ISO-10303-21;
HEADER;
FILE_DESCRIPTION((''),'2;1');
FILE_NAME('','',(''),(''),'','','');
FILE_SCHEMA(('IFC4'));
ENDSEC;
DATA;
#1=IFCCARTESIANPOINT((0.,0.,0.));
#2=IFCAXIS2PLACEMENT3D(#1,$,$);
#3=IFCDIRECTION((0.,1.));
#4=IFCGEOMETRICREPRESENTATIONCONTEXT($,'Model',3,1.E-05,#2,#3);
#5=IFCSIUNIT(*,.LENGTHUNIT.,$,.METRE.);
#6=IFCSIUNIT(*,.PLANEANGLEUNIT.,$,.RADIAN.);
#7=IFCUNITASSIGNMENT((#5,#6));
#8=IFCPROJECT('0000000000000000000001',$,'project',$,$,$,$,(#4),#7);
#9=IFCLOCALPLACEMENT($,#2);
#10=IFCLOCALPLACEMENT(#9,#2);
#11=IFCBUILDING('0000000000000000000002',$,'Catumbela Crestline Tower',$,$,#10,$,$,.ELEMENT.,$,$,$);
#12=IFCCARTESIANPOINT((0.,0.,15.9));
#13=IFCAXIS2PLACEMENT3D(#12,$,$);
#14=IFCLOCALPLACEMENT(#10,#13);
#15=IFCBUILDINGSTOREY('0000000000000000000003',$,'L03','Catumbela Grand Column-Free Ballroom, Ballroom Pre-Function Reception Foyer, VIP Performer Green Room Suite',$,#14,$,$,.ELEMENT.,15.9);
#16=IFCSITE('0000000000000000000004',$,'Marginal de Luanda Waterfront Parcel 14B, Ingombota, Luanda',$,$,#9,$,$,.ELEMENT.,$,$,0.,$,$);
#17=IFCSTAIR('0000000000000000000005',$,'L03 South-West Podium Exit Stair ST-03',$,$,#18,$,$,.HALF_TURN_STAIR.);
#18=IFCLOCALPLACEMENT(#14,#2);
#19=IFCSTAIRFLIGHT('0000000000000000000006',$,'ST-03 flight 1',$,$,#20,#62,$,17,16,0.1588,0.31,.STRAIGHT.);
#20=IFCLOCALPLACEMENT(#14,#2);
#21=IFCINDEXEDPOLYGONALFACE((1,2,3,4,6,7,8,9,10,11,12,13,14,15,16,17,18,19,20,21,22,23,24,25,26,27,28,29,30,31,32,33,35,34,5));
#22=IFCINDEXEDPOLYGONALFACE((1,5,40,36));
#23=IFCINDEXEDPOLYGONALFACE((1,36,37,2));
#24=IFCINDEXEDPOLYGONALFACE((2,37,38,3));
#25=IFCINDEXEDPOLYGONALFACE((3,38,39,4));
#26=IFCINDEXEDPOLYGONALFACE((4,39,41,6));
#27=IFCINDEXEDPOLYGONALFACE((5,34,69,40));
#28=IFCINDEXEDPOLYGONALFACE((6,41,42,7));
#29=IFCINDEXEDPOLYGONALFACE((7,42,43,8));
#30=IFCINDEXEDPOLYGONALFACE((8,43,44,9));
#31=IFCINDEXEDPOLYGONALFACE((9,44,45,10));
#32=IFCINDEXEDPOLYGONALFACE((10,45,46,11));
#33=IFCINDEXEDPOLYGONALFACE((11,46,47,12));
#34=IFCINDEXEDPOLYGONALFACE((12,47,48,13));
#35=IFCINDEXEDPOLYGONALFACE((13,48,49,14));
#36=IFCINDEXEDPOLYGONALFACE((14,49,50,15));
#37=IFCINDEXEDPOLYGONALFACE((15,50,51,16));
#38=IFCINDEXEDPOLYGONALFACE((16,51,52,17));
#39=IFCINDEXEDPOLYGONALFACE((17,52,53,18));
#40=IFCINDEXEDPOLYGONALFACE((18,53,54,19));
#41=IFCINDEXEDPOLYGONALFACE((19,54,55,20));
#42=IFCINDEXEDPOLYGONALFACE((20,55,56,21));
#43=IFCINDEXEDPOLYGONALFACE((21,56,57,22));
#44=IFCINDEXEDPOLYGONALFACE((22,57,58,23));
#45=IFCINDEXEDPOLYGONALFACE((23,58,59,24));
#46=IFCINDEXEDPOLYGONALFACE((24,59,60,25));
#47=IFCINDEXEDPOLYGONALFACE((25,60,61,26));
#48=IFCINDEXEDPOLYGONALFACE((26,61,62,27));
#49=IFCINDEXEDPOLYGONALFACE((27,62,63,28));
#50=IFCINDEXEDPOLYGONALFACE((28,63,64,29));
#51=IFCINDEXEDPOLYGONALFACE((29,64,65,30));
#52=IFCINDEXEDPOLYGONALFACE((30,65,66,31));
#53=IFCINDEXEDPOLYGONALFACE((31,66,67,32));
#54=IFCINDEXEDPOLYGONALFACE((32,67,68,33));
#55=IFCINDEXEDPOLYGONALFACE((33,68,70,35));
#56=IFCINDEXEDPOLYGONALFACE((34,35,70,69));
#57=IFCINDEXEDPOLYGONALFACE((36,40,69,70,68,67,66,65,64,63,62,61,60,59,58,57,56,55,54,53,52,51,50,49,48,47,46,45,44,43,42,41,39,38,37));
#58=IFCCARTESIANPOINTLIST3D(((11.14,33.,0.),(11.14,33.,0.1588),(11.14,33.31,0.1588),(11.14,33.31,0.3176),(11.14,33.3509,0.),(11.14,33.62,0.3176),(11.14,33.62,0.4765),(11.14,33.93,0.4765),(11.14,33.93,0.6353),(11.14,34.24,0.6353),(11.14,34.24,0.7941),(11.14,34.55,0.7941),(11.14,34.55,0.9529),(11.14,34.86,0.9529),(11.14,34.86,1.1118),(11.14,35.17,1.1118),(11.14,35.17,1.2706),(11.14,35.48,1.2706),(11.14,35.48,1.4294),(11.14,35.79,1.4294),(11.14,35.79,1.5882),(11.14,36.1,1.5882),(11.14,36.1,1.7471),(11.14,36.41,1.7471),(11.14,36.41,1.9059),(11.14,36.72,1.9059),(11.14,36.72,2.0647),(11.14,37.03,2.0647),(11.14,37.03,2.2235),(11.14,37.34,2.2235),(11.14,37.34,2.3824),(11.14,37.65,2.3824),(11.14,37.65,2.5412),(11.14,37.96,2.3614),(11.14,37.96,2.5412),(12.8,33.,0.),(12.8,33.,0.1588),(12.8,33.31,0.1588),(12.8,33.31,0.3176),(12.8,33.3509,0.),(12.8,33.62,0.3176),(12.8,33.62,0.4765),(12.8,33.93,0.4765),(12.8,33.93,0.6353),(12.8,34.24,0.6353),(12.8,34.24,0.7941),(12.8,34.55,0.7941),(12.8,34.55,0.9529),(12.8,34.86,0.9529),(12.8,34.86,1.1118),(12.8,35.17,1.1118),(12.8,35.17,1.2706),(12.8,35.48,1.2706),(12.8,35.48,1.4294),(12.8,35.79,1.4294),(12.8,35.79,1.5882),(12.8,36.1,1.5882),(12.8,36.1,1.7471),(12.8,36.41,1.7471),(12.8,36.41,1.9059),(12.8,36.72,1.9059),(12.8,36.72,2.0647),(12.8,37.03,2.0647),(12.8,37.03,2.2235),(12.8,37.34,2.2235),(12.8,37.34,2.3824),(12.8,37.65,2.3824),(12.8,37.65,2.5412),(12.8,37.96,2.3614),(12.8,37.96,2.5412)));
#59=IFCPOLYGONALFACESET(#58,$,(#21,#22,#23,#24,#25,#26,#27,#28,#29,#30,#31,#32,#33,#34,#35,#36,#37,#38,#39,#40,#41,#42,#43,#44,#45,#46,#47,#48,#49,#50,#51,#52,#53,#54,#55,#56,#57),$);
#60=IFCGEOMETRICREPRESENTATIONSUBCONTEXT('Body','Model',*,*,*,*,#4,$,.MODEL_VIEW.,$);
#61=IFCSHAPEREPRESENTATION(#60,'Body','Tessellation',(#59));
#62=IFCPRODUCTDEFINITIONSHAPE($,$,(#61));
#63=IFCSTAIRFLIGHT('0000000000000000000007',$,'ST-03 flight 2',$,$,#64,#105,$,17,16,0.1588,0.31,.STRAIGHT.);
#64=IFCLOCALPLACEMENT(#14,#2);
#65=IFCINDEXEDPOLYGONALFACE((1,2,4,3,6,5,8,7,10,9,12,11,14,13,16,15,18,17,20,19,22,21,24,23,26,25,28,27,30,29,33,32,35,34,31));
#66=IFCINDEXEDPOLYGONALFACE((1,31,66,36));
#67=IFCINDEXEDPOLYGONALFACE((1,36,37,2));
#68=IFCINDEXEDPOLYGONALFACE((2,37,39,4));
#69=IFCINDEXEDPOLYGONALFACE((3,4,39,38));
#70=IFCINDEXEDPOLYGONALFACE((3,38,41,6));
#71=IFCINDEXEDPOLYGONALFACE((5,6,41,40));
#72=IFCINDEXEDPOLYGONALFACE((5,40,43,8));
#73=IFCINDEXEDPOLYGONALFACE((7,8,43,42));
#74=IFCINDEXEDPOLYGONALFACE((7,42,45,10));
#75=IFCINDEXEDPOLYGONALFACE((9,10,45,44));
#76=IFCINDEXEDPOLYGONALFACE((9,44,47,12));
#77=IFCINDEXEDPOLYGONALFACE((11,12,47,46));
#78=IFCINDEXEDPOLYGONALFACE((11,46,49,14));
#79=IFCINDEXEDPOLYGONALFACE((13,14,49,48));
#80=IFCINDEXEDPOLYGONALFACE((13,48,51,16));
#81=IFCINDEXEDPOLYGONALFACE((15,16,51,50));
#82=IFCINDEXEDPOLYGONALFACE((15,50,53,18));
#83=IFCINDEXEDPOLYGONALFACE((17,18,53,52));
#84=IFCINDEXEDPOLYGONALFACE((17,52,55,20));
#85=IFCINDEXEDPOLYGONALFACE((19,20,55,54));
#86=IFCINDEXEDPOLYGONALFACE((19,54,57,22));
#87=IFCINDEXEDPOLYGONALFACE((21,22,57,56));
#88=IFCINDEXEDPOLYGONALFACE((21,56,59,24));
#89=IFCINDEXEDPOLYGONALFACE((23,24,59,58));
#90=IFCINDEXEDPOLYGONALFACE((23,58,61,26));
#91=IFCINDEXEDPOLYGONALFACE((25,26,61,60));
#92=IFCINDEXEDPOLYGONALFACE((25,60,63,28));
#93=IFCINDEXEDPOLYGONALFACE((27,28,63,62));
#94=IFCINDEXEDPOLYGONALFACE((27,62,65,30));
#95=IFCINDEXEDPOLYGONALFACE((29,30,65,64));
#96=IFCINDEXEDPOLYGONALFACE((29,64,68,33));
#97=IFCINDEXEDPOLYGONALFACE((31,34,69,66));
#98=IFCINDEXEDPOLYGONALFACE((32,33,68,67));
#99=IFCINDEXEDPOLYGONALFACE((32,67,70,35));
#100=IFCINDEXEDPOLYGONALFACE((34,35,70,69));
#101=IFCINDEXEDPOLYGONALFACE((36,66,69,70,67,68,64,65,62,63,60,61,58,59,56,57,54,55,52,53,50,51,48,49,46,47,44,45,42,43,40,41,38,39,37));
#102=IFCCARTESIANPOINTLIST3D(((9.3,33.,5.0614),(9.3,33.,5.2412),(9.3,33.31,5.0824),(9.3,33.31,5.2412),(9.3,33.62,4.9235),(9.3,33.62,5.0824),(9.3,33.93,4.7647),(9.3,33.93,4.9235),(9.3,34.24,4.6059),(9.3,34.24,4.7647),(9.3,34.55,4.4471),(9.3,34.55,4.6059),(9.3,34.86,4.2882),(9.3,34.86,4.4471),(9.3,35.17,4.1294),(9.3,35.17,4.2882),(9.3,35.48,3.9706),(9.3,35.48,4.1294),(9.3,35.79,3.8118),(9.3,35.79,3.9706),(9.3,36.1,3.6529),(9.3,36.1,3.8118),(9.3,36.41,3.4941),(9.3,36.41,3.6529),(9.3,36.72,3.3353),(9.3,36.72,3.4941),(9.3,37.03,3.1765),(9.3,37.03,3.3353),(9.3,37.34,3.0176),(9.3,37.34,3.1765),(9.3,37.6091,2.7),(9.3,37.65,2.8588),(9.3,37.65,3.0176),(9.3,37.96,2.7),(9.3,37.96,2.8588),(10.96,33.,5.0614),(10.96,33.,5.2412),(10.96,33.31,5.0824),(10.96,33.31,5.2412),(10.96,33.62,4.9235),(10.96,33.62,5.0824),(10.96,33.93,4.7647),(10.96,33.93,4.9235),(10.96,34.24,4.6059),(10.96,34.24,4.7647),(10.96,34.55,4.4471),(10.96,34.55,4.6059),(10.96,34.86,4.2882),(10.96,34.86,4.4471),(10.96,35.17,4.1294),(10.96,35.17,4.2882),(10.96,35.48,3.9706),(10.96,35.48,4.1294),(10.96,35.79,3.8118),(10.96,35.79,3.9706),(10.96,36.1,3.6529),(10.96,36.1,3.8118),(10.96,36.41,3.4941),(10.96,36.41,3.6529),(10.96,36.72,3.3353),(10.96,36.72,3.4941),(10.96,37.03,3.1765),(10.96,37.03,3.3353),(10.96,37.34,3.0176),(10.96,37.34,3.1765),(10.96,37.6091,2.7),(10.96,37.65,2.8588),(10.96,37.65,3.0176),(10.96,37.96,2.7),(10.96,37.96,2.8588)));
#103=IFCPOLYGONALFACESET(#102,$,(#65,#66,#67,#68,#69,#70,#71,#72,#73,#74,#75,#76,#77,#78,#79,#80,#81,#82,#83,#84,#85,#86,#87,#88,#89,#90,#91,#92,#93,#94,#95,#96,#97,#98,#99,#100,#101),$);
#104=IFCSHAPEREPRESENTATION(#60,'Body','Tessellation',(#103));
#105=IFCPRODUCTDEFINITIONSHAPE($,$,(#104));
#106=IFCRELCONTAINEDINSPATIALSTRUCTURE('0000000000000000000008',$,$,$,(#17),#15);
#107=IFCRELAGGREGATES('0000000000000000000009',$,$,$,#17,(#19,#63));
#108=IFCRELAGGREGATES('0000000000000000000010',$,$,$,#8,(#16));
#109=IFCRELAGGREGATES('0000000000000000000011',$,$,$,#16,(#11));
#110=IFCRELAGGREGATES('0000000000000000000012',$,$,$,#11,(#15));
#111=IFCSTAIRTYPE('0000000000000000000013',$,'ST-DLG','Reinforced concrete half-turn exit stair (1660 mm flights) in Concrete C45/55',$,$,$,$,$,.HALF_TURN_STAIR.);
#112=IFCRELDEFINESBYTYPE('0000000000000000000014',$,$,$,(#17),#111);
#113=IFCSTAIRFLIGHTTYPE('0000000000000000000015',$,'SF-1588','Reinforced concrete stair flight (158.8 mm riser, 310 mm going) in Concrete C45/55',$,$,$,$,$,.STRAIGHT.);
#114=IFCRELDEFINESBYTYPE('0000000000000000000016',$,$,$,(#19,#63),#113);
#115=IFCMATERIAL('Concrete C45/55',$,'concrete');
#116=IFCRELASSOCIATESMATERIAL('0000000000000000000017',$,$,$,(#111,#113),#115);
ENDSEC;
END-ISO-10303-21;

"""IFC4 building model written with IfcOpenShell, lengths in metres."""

from ifc_helpers import new_model, si_unit, direction, frame, origin, place, context, subcontext, project, spatial, polyline, outline, extrude, material, type_object, element, aggregate, save


model = new_model("IFC4")

# Units and contexts
model_context = context("Model", 3, precision=1e-05, world=origin(), true_north=direction((0.0, 1.0)))
body_context = subcontext(model_context, "Body", "Model", "MODEL_VIEW")
ifc_project = project(units=[si_unit("LENGTHUNIT", "METRE"), si_unit("PLANEANGLEUNIT", "RADIAN")], contexts=[model_context])

# Site, building, storey
site_placement = place(None, origin())
site = spatial("IfcSite", under=ifc_project, at=site_placement, Name="Marginal de Luanda Waterfront Parcel 14B, Ingombota, Luanda", CompositionType="ELEMENT", RefElevation=0.0)
building_placement = place(site_placement, origin())
building = spatial("IfcBuilding", under=site, at=building_placement, Name="Catumbela Crestline Tower", CompositionType="ELEMENT")
storey_placement = place(building_placement, frame((0.0, 0.0, 15.9)))
storey = spatial("IfcBuildingStorey", under=building, at=storey_placement, Name="L03", Description="Catumbela Grand Column-Free Ballroom, Ballroom Pre-Function Reception Foyer, VIP Performer Green Room Suite", CompositionType="ELEMENT", Elevation=15.9)

# Shared definitions
ifc_material_1 = material(Name="Concrete C45/55", Category="concrete")
stair_type = type_object("IfcStairType", Name="ST-DLG", Description="Reinforced concrete half-turn exit stair (1660 mm flights) in Concrete C45/55", PredefinedType="HALF_TURN_STAIR", material=ifc_material_1)
stair_flight_type = type_object("IfcStairFlightType", Name="SF-1588", Description="Reinforced concrete stair flight (158.8 mm riser, 310 mm going) in Concrete C45/55", PredefinedType="STRAIGHT", material=ifc_material_1)

# Stair, stair flights
stair_1_placement = place(storey_placement, origin())
stair_1 = element("IfcStair", 1, at=stair_1_placement, inside=storey, type_object=stair_type, Name="L03 South-West Podium Exit Stair ST-03", PredefinedType="HALF_TURN_STAIR")
stair_flight_1_placement = place(storey_placement, frame((11.97, 33.0, 0.0), z_axis=(0.0, 0.0, 1.0), x_axis=(0.0, 1.0, 0.0)))
stair_flight_1 = element("IfcStairFlight", 2, at=stair_flight_1_placement, type_object=stair_flight_type, Name="ST-03 flight 1", NumberOfRisers=17, NumberOfTreads=16, PredefinedType="STRAIGHT", RiserHeight=0.1588, TreadLength=0.31, context=body_context, shape_type="SweptSolid", body=[
    extrude(outline(polyline([(0.0, 0.0), (0.0, 0.1588), (0.31, 0.1588), (0.31, 0.3176), (0.62, 0.3176), (0.62, 0.4765), (0.93, 0.4765), (0.93, 0.6353), (1.24, 0.6353), (1.24, 0.7941), (1.55, 0.7941), (1.55, 0.9529), (1.86, 0.9529), (1.86, 1.1118), (2.17, 1.1118), (2.17, 1.2706), (2.48, 1.2706), (2.48, 1.4294), (2.79, 1.4294), (2.79, 1.5882), (3.1, 1.5882), (3.1, 1.7471), (3.41, 1.7471), (3.41, 1.9059), (3.72, 1.9059), (3.72, 2.0647), (4.03, 2.0647), (4.03, 2.2235), (4.34, 2.2235), (4.34, 2.3824), (4.65, 2.3824), (4.65, 2.5412), (4.96, 2.5412), (4.96, 2.7), (4.96, 2.3614), (0.3509, 0.0), (0.0, 0.0)])), frame((0.0, 0.83, 0.0), z_axis=(0.0, -1.0, 0.0), x_axis=(1.0, 0.0, 0.0)), (0.0, 0.0, 1.0), 1.66),
])
stair_flight_2_placement = place(storey_placement, frame((10.13, 37.96, 2.7), z_axis=(0.0, 0.0, 1.0), x_axis=(0.0, -1.0, 0.0)))
stair_flight_2 = element("IfcStairFlight", 3, at=stair_flight_2_placement, type_object=stair_flight_type, Name="ST-03 flight 2", NumberOfRisers=17, NumberOfTreads=16, PredefinedType="STRAIGHT", RiserHeight=0.1588, TreadLength=0.31, context=body_context, shape_type="SweptSolid", body=[
    extrude(outline(polyline([(0.0, 0.0), (0.0, 0.1588), (0.31, 0.1588), (0.31, 0.3176), (0.62, 0.3176), (0.62, 0.4765), (0.93, 0.4765), (0.93, 0.6353), (1.24, 0.6353), (1.24, 0.7941), (1.55, 0.7941), (1.55, 0.9529), (1.86, 0.9529), (1.86, 1.1118), (2.17, 1.1118), (2.17, 1.2706), (2.48, 1.2706), (2.48, 1.4294), (2.79, 1.4294), (2.79, 1.5882), (3.1, 1.5882), (3.1, 1.7471), (3.41, 1.7471), (3.41, 1.9059), (3.72, 1.9059), (3.72, 2.0647), (4.03, 2.0647), (4.03, 2.2235), (4.34, 2.2235), (4.34, 2.3824), (4.65, 2.3824), (4.65, 2.5412), (4.96, 2.5412), (4.96, 2.7), (4.96, 2.3614), (0.3509, 0.0), (0.0, 0.0)])), frame((0.0, 0.83, 0.0), z_axis=(0.0, -1.0, 0.0), x_axis=(1.0, 0.0, 0.0)), (0.0, 0.0, 1.0), 1.66),
])
aggregate(stair_1, [stair_flight_1, stair_flight_2])

save(model, "model.ifc")
